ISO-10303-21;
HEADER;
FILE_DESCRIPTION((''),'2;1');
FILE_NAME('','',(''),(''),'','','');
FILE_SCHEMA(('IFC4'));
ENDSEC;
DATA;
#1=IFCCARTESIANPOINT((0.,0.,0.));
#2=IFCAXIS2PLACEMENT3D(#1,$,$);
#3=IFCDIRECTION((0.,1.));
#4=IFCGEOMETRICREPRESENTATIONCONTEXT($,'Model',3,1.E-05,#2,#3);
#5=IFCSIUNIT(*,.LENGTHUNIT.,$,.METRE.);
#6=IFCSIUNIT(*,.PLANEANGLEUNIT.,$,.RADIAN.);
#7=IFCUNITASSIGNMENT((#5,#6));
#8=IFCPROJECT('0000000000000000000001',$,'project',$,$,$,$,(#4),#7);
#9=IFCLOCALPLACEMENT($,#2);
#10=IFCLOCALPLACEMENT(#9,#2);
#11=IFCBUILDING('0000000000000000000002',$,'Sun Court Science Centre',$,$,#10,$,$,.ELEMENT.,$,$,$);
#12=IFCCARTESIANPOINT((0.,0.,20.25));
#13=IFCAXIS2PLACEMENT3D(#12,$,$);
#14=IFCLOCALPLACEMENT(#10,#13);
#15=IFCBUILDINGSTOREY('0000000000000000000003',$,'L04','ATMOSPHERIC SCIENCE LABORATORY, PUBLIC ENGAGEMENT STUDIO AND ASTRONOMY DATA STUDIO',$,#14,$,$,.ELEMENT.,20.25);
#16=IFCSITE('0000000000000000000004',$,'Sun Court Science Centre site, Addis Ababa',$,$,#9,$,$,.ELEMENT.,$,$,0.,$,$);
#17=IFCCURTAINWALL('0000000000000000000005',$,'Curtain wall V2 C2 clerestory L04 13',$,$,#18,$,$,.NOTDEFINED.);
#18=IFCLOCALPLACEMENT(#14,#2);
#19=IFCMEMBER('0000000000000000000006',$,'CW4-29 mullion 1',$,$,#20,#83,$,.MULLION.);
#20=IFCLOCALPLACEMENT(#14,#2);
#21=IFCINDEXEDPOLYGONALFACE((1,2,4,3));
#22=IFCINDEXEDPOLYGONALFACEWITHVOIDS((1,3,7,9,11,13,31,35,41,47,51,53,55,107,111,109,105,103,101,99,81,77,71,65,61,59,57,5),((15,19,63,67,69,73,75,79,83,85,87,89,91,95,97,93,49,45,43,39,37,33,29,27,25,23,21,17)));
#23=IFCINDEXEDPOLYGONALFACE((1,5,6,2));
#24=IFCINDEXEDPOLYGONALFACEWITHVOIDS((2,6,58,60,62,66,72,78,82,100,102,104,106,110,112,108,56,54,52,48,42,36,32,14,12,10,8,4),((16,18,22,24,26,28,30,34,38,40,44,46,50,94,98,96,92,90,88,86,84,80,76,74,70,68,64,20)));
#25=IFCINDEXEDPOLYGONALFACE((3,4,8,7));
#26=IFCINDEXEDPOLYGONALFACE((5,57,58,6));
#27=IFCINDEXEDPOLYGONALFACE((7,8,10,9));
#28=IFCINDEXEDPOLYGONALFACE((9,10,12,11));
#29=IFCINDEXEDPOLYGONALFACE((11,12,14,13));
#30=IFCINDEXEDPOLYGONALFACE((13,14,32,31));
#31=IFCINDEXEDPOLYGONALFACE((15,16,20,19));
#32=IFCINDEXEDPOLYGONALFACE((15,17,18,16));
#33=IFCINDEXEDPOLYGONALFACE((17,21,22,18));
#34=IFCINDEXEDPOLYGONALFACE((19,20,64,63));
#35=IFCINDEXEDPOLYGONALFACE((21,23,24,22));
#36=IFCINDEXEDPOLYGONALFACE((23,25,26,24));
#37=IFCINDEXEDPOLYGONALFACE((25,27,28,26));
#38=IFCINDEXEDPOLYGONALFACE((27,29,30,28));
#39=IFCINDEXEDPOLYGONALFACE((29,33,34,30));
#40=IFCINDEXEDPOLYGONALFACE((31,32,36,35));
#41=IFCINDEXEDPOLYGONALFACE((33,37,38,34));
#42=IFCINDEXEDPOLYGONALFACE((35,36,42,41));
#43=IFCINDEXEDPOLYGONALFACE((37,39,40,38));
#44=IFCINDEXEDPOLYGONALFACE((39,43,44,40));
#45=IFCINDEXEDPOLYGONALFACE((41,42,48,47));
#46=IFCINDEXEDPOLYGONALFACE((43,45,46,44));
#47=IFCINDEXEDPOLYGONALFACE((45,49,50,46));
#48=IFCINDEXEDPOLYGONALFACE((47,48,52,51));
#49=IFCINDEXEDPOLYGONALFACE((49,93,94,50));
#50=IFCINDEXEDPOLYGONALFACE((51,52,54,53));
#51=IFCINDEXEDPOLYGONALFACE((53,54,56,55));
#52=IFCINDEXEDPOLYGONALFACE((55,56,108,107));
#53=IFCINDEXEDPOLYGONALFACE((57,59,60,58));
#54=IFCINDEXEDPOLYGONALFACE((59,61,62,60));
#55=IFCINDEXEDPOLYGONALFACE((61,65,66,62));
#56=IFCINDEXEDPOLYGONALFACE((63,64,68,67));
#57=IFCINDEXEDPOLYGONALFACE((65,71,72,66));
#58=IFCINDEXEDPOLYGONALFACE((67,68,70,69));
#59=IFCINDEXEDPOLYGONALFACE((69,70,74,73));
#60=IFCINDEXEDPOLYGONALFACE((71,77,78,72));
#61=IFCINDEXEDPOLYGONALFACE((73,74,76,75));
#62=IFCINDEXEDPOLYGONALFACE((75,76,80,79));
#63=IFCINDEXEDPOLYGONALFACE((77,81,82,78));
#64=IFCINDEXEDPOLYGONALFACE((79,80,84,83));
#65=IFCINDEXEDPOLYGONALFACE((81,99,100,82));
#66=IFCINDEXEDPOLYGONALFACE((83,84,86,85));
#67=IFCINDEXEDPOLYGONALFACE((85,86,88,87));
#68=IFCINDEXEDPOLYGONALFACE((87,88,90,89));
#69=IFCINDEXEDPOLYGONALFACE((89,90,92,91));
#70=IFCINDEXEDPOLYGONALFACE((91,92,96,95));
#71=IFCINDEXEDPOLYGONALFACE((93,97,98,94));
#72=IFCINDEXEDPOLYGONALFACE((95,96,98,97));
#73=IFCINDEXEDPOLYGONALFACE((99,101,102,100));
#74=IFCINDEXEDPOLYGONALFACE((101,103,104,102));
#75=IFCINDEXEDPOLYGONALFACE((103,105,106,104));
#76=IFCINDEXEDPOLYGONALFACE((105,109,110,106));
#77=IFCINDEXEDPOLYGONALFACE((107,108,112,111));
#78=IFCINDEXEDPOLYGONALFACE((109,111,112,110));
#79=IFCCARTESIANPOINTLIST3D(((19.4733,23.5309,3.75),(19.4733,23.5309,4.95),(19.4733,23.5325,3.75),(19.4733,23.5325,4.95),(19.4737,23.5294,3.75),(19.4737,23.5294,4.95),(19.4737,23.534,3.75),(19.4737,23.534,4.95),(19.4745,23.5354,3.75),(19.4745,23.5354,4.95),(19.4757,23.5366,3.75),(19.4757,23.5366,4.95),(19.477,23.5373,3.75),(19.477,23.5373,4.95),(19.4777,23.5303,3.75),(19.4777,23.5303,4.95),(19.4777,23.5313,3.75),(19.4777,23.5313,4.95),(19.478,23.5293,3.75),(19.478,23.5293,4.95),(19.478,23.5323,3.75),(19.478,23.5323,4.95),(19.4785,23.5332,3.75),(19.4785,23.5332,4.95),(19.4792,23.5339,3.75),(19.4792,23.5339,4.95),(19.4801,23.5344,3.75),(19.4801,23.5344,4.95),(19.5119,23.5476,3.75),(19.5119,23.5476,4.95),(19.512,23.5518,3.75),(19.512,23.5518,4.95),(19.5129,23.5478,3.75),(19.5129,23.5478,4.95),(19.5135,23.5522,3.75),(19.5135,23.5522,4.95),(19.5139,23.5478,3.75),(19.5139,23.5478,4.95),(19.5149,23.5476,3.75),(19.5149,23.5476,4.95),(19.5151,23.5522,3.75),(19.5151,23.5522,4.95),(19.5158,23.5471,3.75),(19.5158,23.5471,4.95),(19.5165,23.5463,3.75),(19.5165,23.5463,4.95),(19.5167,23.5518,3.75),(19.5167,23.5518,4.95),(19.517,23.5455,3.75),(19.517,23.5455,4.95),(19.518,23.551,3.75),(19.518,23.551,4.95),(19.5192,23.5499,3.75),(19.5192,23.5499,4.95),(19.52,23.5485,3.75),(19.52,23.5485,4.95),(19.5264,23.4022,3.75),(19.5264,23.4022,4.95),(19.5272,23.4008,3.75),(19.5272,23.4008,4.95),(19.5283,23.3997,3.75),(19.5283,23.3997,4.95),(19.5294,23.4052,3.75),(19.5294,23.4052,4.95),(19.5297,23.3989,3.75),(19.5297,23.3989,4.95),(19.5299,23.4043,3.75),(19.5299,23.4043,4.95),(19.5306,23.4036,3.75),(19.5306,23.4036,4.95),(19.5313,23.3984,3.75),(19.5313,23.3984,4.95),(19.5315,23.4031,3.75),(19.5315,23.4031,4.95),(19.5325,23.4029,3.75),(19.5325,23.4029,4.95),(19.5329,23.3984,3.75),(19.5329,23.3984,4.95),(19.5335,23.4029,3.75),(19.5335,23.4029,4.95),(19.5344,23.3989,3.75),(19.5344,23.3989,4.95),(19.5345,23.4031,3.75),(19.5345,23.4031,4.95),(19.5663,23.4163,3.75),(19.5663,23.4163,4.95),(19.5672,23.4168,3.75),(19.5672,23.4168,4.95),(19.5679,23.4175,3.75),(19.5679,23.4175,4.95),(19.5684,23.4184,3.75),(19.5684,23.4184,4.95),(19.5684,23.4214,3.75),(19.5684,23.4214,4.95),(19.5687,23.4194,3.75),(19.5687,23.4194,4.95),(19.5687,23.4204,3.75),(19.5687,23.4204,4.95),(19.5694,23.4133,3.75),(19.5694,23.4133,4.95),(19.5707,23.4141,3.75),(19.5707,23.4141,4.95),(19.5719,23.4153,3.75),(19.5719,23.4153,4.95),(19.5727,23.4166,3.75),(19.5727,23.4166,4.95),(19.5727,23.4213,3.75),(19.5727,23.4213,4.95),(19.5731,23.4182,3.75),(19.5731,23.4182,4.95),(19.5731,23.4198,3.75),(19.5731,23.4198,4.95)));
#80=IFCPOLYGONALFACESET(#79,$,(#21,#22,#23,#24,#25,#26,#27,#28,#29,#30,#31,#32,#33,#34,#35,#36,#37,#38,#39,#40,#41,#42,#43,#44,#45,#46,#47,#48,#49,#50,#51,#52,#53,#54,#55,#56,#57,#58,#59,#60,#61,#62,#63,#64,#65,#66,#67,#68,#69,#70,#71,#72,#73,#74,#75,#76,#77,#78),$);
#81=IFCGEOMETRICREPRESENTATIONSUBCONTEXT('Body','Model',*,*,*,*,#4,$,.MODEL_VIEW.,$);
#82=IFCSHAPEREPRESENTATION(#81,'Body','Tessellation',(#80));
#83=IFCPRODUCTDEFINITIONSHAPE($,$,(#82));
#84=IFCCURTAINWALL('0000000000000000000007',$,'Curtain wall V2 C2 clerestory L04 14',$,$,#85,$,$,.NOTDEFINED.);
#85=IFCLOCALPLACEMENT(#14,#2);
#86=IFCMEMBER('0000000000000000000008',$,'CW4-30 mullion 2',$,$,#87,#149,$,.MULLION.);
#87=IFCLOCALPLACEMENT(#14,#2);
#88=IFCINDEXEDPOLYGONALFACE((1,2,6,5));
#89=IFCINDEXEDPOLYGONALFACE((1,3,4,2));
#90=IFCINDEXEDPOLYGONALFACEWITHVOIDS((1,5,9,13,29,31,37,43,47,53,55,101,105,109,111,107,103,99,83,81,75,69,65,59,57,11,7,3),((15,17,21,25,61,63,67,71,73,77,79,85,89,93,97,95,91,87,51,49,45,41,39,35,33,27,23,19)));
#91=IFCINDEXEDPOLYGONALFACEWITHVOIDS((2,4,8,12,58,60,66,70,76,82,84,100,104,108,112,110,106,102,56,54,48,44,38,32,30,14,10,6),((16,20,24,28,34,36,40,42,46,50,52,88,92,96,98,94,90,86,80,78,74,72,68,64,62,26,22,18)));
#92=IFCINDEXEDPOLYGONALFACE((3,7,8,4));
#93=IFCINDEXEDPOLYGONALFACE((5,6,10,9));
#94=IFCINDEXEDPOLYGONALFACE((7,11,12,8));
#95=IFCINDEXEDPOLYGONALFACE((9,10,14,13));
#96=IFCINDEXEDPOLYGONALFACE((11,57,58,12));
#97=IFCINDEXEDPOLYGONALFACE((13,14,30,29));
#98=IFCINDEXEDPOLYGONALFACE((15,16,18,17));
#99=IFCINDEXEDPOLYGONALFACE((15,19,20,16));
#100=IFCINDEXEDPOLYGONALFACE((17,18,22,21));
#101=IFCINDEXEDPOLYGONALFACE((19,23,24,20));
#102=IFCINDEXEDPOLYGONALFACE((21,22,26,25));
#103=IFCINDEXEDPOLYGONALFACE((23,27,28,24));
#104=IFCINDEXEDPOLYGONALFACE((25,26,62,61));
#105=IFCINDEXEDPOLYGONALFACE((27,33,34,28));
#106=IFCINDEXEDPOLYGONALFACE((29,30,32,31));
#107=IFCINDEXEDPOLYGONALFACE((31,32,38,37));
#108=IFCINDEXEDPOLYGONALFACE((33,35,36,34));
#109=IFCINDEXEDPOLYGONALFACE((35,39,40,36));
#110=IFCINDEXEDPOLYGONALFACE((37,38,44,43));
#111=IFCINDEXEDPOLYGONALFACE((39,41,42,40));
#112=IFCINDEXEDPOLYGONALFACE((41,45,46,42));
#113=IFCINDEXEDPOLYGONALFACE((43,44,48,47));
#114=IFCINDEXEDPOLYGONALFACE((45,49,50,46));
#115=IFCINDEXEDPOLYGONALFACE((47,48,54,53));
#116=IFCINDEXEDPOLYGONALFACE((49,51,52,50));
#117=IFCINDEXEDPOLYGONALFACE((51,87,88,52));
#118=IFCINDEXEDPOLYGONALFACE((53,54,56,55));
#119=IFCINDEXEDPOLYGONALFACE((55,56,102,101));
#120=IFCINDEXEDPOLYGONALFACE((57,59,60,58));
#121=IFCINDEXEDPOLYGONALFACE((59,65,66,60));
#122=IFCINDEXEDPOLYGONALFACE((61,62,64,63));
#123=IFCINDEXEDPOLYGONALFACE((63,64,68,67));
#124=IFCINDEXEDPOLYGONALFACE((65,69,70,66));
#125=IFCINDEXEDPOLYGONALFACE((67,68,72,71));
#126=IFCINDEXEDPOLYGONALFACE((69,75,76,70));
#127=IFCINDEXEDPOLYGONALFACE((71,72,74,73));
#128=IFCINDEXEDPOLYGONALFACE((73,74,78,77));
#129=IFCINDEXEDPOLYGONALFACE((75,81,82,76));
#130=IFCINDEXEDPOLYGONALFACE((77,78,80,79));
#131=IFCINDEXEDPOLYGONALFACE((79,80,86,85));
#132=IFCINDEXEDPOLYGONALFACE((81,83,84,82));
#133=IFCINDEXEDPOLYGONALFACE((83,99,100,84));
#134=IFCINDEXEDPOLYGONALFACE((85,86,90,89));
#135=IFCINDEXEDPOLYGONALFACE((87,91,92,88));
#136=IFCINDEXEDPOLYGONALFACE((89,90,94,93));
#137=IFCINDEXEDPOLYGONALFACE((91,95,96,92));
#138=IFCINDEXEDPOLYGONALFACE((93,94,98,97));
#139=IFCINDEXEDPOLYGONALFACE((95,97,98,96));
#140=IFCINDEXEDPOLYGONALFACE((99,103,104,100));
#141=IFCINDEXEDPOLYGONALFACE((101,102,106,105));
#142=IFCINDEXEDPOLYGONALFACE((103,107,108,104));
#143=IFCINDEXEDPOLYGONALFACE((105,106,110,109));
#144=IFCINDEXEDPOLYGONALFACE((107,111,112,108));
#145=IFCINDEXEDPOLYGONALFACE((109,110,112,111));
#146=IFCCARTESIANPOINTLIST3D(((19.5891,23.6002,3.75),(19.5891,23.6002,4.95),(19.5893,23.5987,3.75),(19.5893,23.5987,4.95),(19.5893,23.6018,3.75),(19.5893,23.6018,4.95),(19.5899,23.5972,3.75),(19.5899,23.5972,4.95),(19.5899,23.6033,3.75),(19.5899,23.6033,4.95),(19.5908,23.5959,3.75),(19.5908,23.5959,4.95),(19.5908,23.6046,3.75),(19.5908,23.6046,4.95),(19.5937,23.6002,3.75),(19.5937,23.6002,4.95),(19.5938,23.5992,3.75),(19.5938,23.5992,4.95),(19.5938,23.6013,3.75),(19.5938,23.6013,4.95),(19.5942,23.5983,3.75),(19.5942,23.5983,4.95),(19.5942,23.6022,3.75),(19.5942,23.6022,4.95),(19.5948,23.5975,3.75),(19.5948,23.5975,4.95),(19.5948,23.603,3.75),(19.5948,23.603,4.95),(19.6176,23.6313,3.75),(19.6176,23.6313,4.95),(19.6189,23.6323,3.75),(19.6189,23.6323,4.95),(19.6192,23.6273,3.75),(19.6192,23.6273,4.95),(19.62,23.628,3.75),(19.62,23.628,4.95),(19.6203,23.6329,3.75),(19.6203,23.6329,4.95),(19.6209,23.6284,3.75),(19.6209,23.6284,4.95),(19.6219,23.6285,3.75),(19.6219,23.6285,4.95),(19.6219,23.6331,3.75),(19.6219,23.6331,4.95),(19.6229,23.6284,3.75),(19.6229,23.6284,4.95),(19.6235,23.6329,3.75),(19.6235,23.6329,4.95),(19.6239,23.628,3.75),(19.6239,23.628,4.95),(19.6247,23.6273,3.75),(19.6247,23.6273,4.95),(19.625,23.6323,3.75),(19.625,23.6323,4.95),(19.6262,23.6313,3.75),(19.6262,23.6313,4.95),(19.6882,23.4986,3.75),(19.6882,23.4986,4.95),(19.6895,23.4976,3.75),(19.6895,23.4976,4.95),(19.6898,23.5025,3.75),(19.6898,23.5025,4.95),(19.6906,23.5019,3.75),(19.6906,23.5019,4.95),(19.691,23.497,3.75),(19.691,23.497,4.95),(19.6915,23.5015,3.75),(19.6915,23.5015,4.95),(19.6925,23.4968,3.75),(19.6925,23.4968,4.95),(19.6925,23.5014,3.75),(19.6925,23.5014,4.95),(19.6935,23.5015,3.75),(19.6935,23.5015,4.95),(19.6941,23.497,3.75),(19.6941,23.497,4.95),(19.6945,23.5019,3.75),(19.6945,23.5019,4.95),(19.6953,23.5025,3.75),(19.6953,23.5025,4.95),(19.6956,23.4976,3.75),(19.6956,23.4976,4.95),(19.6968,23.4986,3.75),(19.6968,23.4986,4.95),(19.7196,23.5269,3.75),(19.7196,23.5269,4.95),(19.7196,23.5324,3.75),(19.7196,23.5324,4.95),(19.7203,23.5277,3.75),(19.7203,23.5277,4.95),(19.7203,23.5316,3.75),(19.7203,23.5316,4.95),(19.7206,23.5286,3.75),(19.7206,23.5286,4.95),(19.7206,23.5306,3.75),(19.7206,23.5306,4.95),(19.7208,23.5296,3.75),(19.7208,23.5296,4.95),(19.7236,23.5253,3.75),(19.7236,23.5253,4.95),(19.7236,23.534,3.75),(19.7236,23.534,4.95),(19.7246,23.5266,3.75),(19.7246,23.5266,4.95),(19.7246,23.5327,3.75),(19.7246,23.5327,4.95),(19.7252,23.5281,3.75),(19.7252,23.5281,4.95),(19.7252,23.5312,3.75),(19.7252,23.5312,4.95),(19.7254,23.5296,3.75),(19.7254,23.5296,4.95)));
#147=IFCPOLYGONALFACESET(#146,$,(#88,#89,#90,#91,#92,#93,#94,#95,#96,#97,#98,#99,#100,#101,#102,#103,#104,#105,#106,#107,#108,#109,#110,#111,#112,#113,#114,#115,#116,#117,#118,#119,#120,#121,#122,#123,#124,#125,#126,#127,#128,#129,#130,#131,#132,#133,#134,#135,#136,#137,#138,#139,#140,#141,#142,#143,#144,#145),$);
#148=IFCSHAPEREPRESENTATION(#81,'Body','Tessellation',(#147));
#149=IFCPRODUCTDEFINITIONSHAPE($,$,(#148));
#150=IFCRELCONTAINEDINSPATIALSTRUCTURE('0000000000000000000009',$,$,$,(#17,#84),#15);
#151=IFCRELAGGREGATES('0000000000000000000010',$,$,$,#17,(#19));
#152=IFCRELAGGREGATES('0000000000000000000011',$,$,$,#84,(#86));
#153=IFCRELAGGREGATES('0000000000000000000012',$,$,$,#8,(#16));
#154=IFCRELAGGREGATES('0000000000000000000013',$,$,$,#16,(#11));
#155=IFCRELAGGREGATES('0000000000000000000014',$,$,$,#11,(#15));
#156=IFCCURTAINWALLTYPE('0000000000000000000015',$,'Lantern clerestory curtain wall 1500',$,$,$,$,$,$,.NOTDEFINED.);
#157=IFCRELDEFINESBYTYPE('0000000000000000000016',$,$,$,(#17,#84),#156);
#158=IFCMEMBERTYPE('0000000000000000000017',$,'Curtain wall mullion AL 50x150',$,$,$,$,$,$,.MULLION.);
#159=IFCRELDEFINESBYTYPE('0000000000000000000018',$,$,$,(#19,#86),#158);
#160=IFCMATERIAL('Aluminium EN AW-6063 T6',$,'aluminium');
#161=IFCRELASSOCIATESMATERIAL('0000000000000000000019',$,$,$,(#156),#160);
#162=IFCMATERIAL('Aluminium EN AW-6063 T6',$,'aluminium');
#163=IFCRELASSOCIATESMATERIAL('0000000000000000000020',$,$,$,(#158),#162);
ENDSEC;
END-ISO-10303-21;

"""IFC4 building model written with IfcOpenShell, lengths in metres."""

from ifc_helpers import new_model, si_unit, direction, frame, origin, origin_2d, place, context, subcontext, project, spatial, hollow_rectangle, extrude, material, material_profile, profile_set, type_object, element, aggregate, save


model = new_model("IFC4")

# Units and contexts
model_context = context("Model", 3, precision=1e-05, world=origin(), true_north=direction((0.0, 1.0)))
body_context = subcontext(model_context, "Body", "Model", "MODEL_VIEW")
ifc_project = project(units=[si_unit("LENGTHUNIT", "METRE"), si_unit("PLANEANGLEUNIT", "RADIAN")], contexts=[model_context])

# Site, building, storey
site_placement = place(None, origin())
site = spatial("IfcSite", under=ifc_project, at=site_placement, Name="Sun Court Science Centre site, Addis Ababa", CompositionType="ELEMENT", RefElevation=0.0)
building_placement = place(site_placement, origin())
building = spatial("IfcBuilding", under=site, at=building_placement, Name="Sun Court Science Centre", CompositionType="ELEMENT")
storey_placement = place(building_placement, frame((0.0, 0.0, 20.25)))
storey = spatial("IfcBuildingStorey", under=building, at=storey_placement, Name="L04", Description="ATMOSPHERIC SCIENCE LABORATORY, PUBLIC ENGAGEMENT STUDIO AND ASTRONOMY DATA STUDIO", CompositionType="ELEMENT", Elevation=20.25)

# Shared definitions
ifc_material_1 = material(Name="Aluminium EN AW-6063 T6", Category="aluminium")
curtain_wall_type = type_object("IfcCurtainWallType", Name="Lantern clerestory curtain wall 1500", PredefinedType="NOTDEFINED", material=ifc_material_1)
ifc_material_2 = material(Name="Aluminium EN AW-6063 T6", Category="aluminium")
ifc_material_profile_1 = material_profile(ifc_material_2, hollow_rectangle(XDim=0.05, YDim=0.1499, WallThickness=0.0039, InnerFilletRadius=0.0039, OuterFilletRadius=0.0061, at=origin_2d()), Name="AL 50x150x4")
ifc_profile_set_1 = profile_set([ifc_material_profile_1], Name="Aluminium EN AW-6063 T6")
member_type_1 = type_object("IfcMemberType", Name="Curtain wall mullion AL 50x150", PredefinedType="MULLION", material=ifc_profile_set_1)

# Curtain walls, members
curtain_wall_1_placement = place(storey_placement, origin())
curtain_wall_1 = element("IfcCurtainWall", 1, at=curtain_wall_1_placement, inside=storey, type_object=curtain_wall_type, Name="Curtain wall V2 C2 clerestory L04 13", PredefinedType="NOTDEFINED")
member_1_placement = place(storey_placement, frame((19.5232, 23.4753, 3.75), z_axis=(0.0, 0.0, 1.0), x_axis=(-0.92388, -0.382683, 0.0)))
member_1 = element("IfcMember", 2, at=member_1_placement, type_object=member_type_1, Name="CW4-29 mullion 1", PredefinedType="MULLION", context=body_context, shape_type="SweptSolid", body=[
    extrude(hollow_rectangle(XDim=0.05, YDim=0.1499, WallThickness=0.0039, InnerFilletRadius=0.0039, OuterFilletRadius=0.0061, at=origin_2d()), origin(), (0.0, 0.0, 1.0), 1.2),
])
aggregate(curtain_wall_1, [member_1])
curtain_wall_2_placement = place(storey_placement, origin())
curtain_wall_2 = element("IfcCurtainWall", 3, at=curtain_wall_2_placement, inside=storey, type_object=curtain_wall_type, Name="Curtain wall V2 C2 clerestory L04 14", PredefinedType="NOTDEFINED")
member_2_placement = place(storey_placement, frame((19.6572, 23.5649, 3.75), z_axis=(0.0, 0.0, 1.0), x_axis=(-0.707107, -0.707107, 0.0)))
member_2 = element("IfcMember", 4, at=member_2_placement, type_object=member_type_1, Name="CW4-30 mullion 2", PredefinedType="MULLION", context=body_context, shape_type="SweptSolid", body=[
    extrude(hollow_rectangle(XDim=0.05, YDim=0.1499, WallThickness=0.0039, InnerFilletRadius=0.0039, OuterFilletRadius=0.0061, at=origin_2d()), origin(), (0.0, 0.0, 1.0), 1.2),
])
aggregate(curtain_wall_2, [member_2])

save(model, "model.ifc")
